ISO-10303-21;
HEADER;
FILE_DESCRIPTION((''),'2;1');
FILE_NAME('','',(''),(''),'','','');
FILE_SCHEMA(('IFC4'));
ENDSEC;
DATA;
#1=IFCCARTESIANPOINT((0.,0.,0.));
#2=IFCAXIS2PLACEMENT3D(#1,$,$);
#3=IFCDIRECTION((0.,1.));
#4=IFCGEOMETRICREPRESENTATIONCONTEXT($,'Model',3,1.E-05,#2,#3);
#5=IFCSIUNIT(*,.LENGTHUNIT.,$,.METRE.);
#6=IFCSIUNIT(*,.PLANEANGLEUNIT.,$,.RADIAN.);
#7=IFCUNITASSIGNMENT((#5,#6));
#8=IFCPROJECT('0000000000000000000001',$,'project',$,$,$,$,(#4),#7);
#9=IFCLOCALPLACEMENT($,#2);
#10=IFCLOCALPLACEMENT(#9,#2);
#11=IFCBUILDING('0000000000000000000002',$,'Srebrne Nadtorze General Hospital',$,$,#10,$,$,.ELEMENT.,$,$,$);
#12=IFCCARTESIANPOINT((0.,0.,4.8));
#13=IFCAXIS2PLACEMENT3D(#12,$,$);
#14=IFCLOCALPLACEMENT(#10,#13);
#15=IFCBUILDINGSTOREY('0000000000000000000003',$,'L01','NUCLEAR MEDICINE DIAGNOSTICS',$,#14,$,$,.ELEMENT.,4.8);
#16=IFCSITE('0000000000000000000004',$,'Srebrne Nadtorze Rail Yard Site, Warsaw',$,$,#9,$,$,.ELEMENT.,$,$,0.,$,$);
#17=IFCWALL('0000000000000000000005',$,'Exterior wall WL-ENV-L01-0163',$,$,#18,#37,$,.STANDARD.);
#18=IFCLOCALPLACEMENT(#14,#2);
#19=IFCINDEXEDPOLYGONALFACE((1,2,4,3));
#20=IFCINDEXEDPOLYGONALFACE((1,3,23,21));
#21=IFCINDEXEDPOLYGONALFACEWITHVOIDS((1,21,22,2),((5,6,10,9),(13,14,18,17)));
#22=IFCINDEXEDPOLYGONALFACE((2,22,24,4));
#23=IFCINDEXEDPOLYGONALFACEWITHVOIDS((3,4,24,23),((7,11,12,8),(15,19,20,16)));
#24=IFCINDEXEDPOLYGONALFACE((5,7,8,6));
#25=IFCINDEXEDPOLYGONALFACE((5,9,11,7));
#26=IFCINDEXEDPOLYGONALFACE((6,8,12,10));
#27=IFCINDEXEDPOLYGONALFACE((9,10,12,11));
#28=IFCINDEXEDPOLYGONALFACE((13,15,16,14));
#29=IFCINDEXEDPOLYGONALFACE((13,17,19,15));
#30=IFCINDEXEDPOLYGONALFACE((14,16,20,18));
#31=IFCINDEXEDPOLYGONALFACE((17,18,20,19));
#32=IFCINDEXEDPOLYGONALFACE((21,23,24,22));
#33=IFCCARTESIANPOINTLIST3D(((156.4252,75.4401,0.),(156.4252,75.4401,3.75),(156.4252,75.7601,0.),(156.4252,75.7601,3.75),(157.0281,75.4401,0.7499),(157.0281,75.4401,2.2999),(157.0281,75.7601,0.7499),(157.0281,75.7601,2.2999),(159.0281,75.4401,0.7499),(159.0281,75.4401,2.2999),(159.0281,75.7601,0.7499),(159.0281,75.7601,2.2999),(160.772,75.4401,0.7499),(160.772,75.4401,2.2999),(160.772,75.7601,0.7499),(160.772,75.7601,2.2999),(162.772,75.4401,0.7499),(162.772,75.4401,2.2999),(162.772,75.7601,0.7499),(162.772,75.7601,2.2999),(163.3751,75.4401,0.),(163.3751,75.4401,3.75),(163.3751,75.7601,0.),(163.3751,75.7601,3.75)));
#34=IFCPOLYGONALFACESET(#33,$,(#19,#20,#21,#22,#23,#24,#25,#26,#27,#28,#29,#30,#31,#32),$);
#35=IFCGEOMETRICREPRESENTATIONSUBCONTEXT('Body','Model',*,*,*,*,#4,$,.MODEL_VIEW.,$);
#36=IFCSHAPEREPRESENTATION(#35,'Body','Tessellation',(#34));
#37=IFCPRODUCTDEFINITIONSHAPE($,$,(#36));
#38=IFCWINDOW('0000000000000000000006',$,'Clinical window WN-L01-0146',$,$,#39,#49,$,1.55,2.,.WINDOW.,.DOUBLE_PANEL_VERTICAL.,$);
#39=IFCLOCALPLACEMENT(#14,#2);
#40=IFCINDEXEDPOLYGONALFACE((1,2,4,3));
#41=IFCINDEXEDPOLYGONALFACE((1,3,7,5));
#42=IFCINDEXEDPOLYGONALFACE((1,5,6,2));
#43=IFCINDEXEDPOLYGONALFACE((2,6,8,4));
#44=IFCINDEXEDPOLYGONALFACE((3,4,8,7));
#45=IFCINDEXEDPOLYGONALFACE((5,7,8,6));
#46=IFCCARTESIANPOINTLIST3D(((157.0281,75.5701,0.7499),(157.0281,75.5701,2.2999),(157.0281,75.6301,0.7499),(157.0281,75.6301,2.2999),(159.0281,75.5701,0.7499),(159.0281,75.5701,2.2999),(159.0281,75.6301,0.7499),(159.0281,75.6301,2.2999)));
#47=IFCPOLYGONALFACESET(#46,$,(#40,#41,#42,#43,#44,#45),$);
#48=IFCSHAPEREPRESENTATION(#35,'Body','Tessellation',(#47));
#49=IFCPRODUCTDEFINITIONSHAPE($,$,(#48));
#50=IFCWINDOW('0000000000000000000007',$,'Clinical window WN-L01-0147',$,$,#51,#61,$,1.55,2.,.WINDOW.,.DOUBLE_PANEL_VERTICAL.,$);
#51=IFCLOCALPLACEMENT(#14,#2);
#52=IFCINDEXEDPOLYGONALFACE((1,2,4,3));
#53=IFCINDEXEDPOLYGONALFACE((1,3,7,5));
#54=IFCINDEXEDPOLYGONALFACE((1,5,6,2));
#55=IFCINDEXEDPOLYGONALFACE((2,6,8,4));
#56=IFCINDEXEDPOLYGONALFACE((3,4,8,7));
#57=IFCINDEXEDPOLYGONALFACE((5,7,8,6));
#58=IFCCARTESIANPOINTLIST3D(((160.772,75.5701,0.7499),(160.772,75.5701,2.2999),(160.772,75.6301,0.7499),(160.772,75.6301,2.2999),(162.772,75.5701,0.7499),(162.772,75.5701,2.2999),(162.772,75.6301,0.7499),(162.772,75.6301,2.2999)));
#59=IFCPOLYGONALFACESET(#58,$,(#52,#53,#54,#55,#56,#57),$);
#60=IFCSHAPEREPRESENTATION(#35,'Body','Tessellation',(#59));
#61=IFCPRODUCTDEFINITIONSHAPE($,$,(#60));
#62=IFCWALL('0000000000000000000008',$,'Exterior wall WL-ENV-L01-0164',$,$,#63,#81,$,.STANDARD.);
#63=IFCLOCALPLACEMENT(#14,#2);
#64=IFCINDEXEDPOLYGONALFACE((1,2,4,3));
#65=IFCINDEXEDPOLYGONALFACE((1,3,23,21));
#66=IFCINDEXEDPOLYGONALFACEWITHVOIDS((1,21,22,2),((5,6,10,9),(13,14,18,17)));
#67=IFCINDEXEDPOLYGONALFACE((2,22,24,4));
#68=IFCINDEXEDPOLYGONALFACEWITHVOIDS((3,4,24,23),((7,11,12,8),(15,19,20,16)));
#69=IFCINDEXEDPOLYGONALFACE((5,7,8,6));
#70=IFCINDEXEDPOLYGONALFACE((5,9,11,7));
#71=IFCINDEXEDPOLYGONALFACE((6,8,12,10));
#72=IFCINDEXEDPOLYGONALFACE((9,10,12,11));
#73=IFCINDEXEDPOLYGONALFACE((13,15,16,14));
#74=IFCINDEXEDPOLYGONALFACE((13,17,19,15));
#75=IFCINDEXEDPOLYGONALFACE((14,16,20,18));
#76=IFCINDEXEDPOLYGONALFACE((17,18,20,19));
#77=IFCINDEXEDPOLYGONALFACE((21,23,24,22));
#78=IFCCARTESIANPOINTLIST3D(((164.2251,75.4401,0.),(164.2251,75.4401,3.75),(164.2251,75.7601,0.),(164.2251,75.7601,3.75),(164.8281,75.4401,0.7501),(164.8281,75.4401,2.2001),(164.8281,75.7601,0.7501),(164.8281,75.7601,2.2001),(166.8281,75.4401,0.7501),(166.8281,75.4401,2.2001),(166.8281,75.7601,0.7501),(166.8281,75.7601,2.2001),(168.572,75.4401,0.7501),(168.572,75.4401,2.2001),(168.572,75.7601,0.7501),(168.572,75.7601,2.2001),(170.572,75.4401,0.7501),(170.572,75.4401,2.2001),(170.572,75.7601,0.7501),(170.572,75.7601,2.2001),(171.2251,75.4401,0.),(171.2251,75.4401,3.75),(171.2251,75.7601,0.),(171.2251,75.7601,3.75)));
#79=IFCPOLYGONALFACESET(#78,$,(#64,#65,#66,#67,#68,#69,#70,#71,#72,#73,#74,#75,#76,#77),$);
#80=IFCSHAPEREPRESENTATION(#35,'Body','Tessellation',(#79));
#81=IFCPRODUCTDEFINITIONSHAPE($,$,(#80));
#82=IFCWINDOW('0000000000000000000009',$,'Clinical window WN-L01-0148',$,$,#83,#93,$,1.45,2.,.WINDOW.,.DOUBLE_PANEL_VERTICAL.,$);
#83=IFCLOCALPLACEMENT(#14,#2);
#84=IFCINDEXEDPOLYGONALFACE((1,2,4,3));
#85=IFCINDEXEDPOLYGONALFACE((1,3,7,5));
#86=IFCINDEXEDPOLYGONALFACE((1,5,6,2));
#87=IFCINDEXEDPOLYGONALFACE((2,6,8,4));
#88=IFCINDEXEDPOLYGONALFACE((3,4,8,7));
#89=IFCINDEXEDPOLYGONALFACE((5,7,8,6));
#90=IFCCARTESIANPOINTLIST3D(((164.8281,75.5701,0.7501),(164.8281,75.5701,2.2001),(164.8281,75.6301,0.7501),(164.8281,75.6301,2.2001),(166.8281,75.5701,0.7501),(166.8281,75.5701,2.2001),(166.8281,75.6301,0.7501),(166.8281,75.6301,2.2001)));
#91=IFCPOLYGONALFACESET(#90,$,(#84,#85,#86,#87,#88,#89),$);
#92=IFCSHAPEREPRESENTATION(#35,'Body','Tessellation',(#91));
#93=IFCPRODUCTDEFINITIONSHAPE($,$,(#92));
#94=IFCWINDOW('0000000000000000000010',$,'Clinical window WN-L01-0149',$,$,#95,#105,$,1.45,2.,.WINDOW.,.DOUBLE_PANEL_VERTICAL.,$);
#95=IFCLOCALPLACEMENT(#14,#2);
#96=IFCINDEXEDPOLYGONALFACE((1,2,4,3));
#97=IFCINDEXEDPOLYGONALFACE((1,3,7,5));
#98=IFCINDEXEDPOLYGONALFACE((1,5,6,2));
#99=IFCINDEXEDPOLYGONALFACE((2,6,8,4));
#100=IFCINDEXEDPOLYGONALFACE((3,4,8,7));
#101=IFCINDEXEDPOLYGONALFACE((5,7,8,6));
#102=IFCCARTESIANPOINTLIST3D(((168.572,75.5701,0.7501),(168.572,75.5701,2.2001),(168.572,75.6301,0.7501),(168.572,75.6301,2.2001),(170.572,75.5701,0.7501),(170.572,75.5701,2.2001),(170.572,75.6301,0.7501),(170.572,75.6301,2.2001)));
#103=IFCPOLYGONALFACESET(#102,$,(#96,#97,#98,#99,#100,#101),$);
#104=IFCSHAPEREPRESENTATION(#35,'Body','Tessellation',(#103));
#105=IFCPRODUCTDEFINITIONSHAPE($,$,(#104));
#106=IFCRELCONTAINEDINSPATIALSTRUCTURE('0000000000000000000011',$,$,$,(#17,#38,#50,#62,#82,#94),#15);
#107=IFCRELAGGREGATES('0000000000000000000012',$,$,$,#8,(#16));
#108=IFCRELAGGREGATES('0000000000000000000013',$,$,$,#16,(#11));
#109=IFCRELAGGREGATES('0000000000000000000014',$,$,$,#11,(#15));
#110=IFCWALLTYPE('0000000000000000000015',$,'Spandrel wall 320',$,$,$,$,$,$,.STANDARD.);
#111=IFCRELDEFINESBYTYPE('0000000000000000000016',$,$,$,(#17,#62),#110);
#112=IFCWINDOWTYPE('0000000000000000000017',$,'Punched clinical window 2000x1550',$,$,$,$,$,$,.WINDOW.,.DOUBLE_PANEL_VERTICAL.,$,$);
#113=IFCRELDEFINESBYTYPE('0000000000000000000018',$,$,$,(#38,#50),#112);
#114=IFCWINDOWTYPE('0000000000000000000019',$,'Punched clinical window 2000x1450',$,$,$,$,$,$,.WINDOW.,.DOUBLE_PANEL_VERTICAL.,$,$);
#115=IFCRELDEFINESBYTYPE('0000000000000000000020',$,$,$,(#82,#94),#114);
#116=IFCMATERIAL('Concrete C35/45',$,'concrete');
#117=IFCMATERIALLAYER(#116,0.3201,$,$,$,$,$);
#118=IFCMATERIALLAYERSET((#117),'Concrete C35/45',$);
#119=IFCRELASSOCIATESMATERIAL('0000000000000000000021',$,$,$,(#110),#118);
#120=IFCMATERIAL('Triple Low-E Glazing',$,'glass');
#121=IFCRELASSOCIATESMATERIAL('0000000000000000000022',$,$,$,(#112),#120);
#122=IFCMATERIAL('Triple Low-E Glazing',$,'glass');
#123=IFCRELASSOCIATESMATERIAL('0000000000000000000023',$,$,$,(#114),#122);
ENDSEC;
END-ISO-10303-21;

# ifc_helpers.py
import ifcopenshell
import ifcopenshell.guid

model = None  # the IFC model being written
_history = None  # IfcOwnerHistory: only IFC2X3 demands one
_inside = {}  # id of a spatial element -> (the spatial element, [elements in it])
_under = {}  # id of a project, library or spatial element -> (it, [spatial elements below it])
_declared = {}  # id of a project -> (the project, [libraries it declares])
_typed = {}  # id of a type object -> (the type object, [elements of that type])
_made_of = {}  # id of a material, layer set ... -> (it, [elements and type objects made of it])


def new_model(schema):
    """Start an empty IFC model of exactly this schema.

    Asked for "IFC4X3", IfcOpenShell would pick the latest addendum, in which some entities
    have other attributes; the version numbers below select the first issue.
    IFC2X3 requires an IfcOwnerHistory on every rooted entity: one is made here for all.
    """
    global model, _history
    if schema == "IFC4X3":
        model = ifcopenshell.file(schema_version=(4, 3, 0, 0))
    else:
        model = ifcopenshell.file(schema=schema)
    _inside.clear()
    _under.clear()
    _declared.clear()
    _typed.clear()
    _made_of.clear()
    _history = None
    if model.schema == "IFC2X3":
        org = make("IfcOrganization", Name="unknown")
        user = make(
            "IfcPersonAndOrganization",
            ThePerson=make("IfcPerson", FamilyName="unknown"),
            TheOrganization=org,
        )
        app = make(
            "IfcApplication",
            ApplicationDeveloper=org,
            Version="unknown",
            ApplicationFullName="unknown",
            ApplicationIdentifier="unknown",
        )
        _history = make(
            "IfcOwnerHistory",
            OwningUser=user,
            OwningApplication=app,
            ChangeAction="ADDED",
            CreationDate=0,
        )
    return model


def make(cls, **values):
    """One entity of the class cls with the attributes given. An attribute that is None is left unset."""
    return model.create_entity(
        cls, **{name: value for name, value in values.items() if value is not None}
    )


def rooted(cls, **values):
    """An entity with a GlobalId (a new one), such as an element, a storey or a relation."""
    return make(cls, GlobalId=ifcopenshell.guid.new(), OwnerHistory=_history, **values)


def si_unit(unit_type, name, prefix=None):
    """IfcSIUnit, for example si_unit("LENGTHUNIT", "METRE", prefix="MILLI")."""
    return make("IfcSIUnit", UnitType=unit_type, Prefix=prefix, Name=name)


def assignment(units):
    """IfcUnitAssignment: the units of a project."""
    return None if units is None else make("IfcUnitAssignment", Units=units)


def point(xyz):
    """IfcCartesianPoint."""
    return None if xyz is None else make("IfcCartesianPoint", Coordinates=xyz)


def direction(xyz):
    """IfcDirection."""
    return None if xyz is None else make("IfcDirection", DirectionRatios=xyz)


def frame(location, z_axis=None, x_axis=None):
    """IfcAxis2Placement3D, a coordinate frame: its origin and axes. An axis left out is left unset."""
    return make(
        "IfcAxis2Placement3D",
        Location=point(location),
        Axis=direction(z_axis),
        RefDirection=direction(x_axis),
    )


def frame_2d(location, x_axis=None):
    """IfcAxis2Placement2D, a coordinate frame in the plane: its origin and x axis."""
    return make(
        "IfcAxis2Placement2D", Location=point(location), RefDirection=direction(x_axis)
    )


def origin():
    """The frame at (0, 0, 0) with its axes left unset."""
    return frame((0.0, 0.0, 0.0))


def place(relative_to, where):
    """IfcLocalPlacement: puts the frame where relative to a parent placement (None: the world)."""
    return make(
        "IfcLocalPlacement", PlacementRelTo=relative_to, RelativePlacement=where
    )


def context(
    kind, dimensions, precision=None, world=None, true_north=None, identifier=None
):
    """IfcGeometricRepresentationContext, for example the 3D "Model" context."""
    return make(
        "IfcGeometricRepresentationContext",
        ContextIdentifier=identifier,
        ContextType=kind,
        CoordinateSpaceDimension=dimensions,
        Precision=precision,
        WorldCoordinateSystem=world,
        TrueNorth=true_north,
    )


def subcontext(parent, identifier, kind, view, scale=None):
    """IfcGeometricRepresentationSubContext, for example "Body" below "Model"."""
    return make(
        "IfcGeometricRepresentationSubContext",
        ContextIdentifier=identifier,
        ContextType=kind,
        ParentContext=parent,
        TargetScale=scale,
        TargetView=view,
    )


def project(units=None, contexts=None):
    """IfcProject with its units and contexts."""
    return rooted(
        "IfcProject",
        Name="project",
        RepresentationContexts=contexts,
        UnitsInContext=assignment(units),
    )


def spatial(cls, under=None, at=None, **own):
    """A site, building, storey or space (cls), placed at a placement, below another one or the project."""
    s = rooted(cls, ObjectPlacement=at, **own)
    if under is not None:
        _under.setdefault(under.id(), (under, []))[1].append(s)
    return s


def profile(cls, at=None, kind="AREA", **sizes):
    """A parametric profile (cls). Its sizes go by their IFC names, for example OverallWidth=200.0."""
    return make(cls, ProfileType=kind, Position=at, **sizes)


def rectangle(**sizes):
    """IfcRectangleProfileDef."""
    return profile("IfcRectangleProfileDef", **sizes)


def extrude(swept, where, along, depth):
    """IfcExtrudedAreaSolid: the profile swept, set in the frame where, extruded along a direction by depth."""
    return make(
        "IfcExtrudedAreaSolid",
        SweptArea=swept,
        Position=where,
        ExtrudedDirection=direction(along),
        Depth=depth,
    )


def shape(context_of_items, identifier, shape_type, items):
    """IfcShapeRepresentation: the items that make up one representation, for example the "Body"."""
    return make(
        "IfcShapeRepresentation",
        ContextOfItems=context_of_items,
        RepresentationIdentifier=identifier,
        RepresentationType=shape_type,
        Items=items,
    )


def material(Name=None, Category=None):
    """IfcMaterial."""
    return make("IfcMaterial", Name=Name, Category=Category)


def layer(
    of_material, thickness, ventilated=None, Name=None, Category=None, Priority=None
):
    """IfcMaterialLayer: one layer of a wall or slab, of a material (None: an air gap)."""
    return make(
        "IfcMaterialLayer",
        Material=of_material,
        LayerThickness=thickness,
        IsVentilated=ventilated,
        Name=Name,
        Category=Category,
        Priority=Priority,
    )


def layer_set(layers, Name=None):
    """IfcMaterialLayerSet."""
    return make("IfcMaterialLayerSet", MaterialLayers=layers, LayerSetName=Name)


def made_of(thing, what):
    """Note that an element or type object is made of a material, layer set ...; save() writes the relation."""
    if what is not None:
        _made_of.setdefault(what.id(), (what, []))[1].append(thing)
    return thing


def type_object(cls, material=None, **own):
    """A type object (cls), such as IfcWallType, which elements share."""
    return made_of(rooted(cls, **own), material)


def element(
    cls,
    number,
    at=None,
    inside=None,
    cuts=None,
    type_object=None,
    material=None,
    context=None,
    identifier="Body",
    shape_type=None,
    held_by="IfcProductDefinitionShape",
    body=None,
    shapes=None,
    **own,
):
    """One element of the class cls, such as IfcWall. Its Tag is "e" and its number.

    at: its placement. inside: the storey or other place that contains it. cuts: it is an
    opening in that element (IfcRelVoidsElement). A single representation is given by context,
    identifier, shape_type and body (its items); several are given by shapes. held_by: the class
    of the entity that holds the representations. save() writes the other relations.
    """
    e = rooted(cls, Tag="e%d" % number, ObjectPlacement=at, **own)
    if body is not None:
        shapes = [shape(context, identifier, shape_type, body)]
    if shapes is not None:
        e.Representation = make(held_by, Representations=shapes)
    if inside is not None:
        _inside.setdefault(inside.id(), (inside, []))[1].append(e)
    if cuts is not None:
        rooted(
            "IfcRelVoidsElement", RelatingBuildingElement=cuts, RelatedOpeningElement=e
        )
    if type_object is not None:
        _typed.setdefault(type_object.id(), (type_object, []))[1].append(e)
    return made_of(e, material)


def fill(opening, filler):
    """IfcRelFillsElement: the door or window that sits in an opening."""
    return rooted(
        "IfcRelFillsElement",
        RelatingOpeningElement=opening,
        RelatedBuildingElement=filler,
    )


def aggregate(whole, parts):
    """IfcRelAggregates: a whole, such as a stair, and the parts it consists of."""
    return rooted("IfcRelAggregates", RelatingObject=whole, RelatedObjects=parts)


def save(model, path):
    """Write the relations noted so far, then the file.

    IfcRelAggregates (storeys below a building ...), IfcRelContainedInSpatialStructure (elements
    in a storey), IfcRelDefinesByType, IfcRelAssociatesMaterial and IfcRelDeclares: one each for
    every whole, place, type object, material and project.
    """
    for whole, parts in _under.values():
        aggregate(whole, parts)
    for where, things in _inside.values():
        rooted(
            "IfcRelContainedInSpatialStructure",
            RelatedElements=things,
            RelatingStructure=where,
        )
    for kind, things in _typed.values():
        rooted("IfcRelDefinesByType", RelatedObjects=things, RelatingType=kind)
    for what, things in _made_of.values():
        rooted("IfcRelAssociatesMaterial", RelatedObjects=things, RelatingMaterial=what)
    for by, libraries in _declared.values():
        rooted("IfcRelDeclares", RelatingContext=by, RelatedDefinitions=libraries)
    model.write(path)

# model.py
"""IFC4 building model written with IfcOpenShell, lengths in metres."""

from ifc_helpers import new_model, si_unit, direction, frame, frame_2d, origin, place, context, subcontext, project, spatial, rectangle, extrude, material, layer, layer_set, type_object, element, fill, save


model = new_model("IFC4")

# Units and contexts
model_context = context("Model", 3, precision=1e-05, world=origin(), true_north=direction((0.0, 1.0)))
body_context = subcontext(model_context, "Body", "Model", "MODEL_VIEW")
ifc_project = project(units=[si_unit("LENGTHUNIT", "METRE"), si_unit("PLANEANGLEUNIT", "RADIAN")], contexts=[model_context])

# Site, building, storey
site_placement = place(None, origin())
site = spatial("IfcSite", under=ifc_project, at=site_placement, Name="Srebrne Nadtorze Rail Yard Site, Warsaw", CompositionType="ELEMENT", RefElevation=0.0)
building_placement = place(site_placement, origin())
building = spatial("IfcBuilding", under=site, at=building_placement, Name="Srebrne Nadtorze General Hospital", CompositionType="ELEMENT")
storey_placement = place(building_placement, frame((0.0, 0.0, 4.8)))
storey = spatial("IfcBuildingStorey", under=building, at=storey_placement, Name="L01", Description="NUCLEAR MEDICINE DIAGNOSTICS", CompositionType="ELEMENT", Elevation=4.8)

# Walls, openings, windows
ifc_material_1 = material(Name="Concrete C35/45", Category="concrete")
ifc_layer_1 = layer(ifc_material_1, 0.3201)
ifc_layer_set_1 = layer_set([ifc_layer_1], Name="Concrete C35/45")
wall_type_1 = type_object("IfcWallType", Name="Spandrel wall 320", PredefinedType="STANDARD", material=ifc_layer_set_1)
wall_1_placement = place(storey_placement, frame((156.425, 75.6001, 0.0), z_axis=(0.0, 0.0, 1.0), x_axis=(1.0, 0.0, 0.0)))
wall_1 = element("IfcWall", 1, at=wall_1_placement, inside=storey, type_object=wall_type_1, Name="Exterior wall WL-ENV-L01-0163", PredefinedType="STANDARD", context=body_context, shape_type="SweptSolid", body=[
    extrude(rectangle(XDim=6.95, YDim=0.3201, at=frame_2d((3.4751, 0.0))), origin(), (0.0, 0.0, 1.0), 3.75),
])
opening_1_placement = place(wall_1_placement, frame((0.603, 0.0, 0.75)))
opening_1 = element("IfcOpeningElement", 2, at=opening_1_placement, cuts=wall_1, PredefinedType="OPENING", context=body_context, shape_type="SweptSolid", body=[
    extrude(rectangle(XDim=2.0, YDim=1.55, at=frame_2d((1.0, 0.7749))), frame((0.0, 0.1719, 0.0), z_axis=(0.0, -1.0, 0.0), x_axis=(1.0, 0.0, 0.0)), (0.0, 0.0, 1.0), 0.344),
])
opening_2_placement = place(wall_1_placement, frame((4.3469, 0.0, 0.75)))
opening_2 = element("IfcOpeningElement", 3, at=opening_2_placement, cuts=wall_1, PredefinedType="OPENING", context=body_context, shape_type="SweptSolid", body=[
    extrude(rectangle(XDim=2.0, YDim=1.55, at=frame_2d((1.0, 0.7749))), frame((0.0, 0.1719, 0.0), z_axis=(0.0, -1.0, 0.0), x_axis=(1.0, 0.0, 0.0)), (0.0, 0.0, 1.0), 0.344),
])
ifc_material_2 = material(Name="Triple Low-E Glazing", Category="glass")
window_type_1 = type_object("IfcWindowType", Name="Punched clinical window 2000x1550", PartitioningType="DOUBLE_PANEL_VERTICAL", PredefinedType="WINDOW", material=ifc_material_2)
window_1_placement = place(opening_1_placement, origin())
window_1 = element("IfcWindow", 4, at=window_1_placement, inside=storey, type_object=window_type_1, Name="Clinical window WN-L01-0146", OverallHeight=1.55, OverallWidth=2.0, PartitioningType="DOUBLE_PANEL_VERTICAL", PredefinedType="WINDOW", context=body_context, shape_type="SweptSolid", body=[
    extrude(rectangle(XDim=2.0, YDim=1.55, at=frame_2d((1.0, 0.7749))), frame((0.0, 0.03, 0.0), z_axis=(0.0, -1.0, 0.0), x_axis=(1.0, 0.0, 0.0)), (0.0, 0.0, 1.0), 0.0601),
])
fill(opening_1, window_1)
window_2_placement = place(opening_2_placement, origin())
window_2 = element("IfcWindow", 5, at=window_2_placement, inside=storey, type_object=window_type_1, Name="Clinical window WN-L01-0147", OverallHeight=1.55, OverallWidth=2.0, PartitioningType="DOUBLE_PANEL_VERTICAL", PredefinedType="WINDOW", context=body_context, shape_type="SweptSolid", body=[
    extrude(rectangle(XDim=2.0, YDim=1.55, at=frame_2d((1.0, 0.7749))), frame((0.0, 0.03, 0.0), z_axis=(0.0, -1.0, 0.0), x_axis=(1.0, 0.0, 0.0)), (0.0, 0.0, 1.0), 0.0601),
])
fill(opening_2, window_2)
wall_2_placement = place(storey_placement, frame((164.2251, 75.6001, 0.0), z_axis=(0.0, 0.0, 1.0), x_axis=(1.0, 0.0, 0.0)))
wall_2 = element("IfcWall", 6, at=wall_2_placement, inside=storey, type_object=wall_type_1, Name="Exterior wall WL-ENV-L01-0164", PredefinedType="STANDARD", context=body_context, shape_type="SweptSolid", body=[
    extrude(rectangle(XDim=7.0, YDim=0.3201, at=frame_2d((3.5, 0.0))), origin(), (0.0, 0.0, 1.0), 3.75),
])
opening_3_placement = place(wall_2_placement, frame((0.603, 0.0, 0.75)))
opening_3 = element("IfcOpeningElement", 7, at=opening_3_placement, cuts=wall_2, PredefinedType="OPENING", context=body_context, shape_type="SweptSolid", body=[
    extrude(rectangle(XDim=2.0, YDim=1.45, at=frame_2d((1.0, 0.7251))), frame((0.0, 0.1719, 0.0), z_axis=(0.0, -1.0, 0.0), x_axis=(1.0, 0.0, 0.0)), (0.0, 0.0, 1.0), 0.344),
])
opening_4_placement = place(wall_2_placement, frame((4.3469, 0.0, 0.75)))
opening_4 = element("IfcOpeningElement", 8, at=opening_4_placement, cuts=wall_2, PredefinedType="OPENING", context=body_context, shape_type="SweptSolid", body=[
    extrude(rectangle(XDim=2.0, YDim=1.45, at=frame_2d((1.0, 0.7251))), frame((0.0, 0.1719, 0.0), z_axis=(0.0, -1.0, 0.0), x_axis=(1.0, 0.0, 0.0)), (0.0, 0.0, 1.0), 0.344),
])
ifc_material_3 = material(Name="Triple Low-E Glazing", Category="glass")
window_type_2 = type_object("IfcWindowType", Name="Punched clinical window 2000x1450", PartitioningType="DOUBLE_PANEL_VERTICAL", PredefinedType="WINDOW", material=ifc_material_3)
window_3_placement = place(opening_3_placement, origin())
window_3 = element("IfcWindow", 9, at=window_3_placement, inside=storey, type_object=window_type_2, Name="Clinical window WN-L01-0148", OverallHeight=1.45, OverallWidth=2.0, PartitioningType="DOUBLE_PANEL_VERTICAL", PredefinedType="WINDOW", context=body_context, shape_type="SweptSolid", body=[
    extrude(rectangle(XDim=2.0, YDim=1.45, at=frame_2d((1.0, 0.7251))), frame((0.0, 0.03, 0.0), z_axis=(0.0, -1.0, 0.0), x_axis=(1.0, 0.0, 0.0)), (0.0, 0.0, 1.0), 0.0601),
])
fill(opening_3, window_3)
window_4_placement = place(opening_4_placement, origin())
window_4 = element("IfcWindow", 10, at=window_4_placement, inside=storey, type_object=window_type_2, Name="Clinical window WN-L01-0149", OverallHeight=1.45, OverallWidth=2.0, PartitioningType="DOUBLE_PANEL_VERTICAL", PredefinedType="WINDOW", context=body_context, shape_type="SweptSolid", body=[
    extrude(rectangle(XDim=2.0, YDim=1.45, at=frame_2d((1.0, 0.7251))), frame((0.0, 0.03, 0.0), z_axis=(0.0, -1.0, 0.0), x_axis=(1.0, 0.0, 0.0)), (0.0, 0.0, 1.0), 0.0601),
])
fill(opening_4, window_4)

save(model, "model.ifc")
